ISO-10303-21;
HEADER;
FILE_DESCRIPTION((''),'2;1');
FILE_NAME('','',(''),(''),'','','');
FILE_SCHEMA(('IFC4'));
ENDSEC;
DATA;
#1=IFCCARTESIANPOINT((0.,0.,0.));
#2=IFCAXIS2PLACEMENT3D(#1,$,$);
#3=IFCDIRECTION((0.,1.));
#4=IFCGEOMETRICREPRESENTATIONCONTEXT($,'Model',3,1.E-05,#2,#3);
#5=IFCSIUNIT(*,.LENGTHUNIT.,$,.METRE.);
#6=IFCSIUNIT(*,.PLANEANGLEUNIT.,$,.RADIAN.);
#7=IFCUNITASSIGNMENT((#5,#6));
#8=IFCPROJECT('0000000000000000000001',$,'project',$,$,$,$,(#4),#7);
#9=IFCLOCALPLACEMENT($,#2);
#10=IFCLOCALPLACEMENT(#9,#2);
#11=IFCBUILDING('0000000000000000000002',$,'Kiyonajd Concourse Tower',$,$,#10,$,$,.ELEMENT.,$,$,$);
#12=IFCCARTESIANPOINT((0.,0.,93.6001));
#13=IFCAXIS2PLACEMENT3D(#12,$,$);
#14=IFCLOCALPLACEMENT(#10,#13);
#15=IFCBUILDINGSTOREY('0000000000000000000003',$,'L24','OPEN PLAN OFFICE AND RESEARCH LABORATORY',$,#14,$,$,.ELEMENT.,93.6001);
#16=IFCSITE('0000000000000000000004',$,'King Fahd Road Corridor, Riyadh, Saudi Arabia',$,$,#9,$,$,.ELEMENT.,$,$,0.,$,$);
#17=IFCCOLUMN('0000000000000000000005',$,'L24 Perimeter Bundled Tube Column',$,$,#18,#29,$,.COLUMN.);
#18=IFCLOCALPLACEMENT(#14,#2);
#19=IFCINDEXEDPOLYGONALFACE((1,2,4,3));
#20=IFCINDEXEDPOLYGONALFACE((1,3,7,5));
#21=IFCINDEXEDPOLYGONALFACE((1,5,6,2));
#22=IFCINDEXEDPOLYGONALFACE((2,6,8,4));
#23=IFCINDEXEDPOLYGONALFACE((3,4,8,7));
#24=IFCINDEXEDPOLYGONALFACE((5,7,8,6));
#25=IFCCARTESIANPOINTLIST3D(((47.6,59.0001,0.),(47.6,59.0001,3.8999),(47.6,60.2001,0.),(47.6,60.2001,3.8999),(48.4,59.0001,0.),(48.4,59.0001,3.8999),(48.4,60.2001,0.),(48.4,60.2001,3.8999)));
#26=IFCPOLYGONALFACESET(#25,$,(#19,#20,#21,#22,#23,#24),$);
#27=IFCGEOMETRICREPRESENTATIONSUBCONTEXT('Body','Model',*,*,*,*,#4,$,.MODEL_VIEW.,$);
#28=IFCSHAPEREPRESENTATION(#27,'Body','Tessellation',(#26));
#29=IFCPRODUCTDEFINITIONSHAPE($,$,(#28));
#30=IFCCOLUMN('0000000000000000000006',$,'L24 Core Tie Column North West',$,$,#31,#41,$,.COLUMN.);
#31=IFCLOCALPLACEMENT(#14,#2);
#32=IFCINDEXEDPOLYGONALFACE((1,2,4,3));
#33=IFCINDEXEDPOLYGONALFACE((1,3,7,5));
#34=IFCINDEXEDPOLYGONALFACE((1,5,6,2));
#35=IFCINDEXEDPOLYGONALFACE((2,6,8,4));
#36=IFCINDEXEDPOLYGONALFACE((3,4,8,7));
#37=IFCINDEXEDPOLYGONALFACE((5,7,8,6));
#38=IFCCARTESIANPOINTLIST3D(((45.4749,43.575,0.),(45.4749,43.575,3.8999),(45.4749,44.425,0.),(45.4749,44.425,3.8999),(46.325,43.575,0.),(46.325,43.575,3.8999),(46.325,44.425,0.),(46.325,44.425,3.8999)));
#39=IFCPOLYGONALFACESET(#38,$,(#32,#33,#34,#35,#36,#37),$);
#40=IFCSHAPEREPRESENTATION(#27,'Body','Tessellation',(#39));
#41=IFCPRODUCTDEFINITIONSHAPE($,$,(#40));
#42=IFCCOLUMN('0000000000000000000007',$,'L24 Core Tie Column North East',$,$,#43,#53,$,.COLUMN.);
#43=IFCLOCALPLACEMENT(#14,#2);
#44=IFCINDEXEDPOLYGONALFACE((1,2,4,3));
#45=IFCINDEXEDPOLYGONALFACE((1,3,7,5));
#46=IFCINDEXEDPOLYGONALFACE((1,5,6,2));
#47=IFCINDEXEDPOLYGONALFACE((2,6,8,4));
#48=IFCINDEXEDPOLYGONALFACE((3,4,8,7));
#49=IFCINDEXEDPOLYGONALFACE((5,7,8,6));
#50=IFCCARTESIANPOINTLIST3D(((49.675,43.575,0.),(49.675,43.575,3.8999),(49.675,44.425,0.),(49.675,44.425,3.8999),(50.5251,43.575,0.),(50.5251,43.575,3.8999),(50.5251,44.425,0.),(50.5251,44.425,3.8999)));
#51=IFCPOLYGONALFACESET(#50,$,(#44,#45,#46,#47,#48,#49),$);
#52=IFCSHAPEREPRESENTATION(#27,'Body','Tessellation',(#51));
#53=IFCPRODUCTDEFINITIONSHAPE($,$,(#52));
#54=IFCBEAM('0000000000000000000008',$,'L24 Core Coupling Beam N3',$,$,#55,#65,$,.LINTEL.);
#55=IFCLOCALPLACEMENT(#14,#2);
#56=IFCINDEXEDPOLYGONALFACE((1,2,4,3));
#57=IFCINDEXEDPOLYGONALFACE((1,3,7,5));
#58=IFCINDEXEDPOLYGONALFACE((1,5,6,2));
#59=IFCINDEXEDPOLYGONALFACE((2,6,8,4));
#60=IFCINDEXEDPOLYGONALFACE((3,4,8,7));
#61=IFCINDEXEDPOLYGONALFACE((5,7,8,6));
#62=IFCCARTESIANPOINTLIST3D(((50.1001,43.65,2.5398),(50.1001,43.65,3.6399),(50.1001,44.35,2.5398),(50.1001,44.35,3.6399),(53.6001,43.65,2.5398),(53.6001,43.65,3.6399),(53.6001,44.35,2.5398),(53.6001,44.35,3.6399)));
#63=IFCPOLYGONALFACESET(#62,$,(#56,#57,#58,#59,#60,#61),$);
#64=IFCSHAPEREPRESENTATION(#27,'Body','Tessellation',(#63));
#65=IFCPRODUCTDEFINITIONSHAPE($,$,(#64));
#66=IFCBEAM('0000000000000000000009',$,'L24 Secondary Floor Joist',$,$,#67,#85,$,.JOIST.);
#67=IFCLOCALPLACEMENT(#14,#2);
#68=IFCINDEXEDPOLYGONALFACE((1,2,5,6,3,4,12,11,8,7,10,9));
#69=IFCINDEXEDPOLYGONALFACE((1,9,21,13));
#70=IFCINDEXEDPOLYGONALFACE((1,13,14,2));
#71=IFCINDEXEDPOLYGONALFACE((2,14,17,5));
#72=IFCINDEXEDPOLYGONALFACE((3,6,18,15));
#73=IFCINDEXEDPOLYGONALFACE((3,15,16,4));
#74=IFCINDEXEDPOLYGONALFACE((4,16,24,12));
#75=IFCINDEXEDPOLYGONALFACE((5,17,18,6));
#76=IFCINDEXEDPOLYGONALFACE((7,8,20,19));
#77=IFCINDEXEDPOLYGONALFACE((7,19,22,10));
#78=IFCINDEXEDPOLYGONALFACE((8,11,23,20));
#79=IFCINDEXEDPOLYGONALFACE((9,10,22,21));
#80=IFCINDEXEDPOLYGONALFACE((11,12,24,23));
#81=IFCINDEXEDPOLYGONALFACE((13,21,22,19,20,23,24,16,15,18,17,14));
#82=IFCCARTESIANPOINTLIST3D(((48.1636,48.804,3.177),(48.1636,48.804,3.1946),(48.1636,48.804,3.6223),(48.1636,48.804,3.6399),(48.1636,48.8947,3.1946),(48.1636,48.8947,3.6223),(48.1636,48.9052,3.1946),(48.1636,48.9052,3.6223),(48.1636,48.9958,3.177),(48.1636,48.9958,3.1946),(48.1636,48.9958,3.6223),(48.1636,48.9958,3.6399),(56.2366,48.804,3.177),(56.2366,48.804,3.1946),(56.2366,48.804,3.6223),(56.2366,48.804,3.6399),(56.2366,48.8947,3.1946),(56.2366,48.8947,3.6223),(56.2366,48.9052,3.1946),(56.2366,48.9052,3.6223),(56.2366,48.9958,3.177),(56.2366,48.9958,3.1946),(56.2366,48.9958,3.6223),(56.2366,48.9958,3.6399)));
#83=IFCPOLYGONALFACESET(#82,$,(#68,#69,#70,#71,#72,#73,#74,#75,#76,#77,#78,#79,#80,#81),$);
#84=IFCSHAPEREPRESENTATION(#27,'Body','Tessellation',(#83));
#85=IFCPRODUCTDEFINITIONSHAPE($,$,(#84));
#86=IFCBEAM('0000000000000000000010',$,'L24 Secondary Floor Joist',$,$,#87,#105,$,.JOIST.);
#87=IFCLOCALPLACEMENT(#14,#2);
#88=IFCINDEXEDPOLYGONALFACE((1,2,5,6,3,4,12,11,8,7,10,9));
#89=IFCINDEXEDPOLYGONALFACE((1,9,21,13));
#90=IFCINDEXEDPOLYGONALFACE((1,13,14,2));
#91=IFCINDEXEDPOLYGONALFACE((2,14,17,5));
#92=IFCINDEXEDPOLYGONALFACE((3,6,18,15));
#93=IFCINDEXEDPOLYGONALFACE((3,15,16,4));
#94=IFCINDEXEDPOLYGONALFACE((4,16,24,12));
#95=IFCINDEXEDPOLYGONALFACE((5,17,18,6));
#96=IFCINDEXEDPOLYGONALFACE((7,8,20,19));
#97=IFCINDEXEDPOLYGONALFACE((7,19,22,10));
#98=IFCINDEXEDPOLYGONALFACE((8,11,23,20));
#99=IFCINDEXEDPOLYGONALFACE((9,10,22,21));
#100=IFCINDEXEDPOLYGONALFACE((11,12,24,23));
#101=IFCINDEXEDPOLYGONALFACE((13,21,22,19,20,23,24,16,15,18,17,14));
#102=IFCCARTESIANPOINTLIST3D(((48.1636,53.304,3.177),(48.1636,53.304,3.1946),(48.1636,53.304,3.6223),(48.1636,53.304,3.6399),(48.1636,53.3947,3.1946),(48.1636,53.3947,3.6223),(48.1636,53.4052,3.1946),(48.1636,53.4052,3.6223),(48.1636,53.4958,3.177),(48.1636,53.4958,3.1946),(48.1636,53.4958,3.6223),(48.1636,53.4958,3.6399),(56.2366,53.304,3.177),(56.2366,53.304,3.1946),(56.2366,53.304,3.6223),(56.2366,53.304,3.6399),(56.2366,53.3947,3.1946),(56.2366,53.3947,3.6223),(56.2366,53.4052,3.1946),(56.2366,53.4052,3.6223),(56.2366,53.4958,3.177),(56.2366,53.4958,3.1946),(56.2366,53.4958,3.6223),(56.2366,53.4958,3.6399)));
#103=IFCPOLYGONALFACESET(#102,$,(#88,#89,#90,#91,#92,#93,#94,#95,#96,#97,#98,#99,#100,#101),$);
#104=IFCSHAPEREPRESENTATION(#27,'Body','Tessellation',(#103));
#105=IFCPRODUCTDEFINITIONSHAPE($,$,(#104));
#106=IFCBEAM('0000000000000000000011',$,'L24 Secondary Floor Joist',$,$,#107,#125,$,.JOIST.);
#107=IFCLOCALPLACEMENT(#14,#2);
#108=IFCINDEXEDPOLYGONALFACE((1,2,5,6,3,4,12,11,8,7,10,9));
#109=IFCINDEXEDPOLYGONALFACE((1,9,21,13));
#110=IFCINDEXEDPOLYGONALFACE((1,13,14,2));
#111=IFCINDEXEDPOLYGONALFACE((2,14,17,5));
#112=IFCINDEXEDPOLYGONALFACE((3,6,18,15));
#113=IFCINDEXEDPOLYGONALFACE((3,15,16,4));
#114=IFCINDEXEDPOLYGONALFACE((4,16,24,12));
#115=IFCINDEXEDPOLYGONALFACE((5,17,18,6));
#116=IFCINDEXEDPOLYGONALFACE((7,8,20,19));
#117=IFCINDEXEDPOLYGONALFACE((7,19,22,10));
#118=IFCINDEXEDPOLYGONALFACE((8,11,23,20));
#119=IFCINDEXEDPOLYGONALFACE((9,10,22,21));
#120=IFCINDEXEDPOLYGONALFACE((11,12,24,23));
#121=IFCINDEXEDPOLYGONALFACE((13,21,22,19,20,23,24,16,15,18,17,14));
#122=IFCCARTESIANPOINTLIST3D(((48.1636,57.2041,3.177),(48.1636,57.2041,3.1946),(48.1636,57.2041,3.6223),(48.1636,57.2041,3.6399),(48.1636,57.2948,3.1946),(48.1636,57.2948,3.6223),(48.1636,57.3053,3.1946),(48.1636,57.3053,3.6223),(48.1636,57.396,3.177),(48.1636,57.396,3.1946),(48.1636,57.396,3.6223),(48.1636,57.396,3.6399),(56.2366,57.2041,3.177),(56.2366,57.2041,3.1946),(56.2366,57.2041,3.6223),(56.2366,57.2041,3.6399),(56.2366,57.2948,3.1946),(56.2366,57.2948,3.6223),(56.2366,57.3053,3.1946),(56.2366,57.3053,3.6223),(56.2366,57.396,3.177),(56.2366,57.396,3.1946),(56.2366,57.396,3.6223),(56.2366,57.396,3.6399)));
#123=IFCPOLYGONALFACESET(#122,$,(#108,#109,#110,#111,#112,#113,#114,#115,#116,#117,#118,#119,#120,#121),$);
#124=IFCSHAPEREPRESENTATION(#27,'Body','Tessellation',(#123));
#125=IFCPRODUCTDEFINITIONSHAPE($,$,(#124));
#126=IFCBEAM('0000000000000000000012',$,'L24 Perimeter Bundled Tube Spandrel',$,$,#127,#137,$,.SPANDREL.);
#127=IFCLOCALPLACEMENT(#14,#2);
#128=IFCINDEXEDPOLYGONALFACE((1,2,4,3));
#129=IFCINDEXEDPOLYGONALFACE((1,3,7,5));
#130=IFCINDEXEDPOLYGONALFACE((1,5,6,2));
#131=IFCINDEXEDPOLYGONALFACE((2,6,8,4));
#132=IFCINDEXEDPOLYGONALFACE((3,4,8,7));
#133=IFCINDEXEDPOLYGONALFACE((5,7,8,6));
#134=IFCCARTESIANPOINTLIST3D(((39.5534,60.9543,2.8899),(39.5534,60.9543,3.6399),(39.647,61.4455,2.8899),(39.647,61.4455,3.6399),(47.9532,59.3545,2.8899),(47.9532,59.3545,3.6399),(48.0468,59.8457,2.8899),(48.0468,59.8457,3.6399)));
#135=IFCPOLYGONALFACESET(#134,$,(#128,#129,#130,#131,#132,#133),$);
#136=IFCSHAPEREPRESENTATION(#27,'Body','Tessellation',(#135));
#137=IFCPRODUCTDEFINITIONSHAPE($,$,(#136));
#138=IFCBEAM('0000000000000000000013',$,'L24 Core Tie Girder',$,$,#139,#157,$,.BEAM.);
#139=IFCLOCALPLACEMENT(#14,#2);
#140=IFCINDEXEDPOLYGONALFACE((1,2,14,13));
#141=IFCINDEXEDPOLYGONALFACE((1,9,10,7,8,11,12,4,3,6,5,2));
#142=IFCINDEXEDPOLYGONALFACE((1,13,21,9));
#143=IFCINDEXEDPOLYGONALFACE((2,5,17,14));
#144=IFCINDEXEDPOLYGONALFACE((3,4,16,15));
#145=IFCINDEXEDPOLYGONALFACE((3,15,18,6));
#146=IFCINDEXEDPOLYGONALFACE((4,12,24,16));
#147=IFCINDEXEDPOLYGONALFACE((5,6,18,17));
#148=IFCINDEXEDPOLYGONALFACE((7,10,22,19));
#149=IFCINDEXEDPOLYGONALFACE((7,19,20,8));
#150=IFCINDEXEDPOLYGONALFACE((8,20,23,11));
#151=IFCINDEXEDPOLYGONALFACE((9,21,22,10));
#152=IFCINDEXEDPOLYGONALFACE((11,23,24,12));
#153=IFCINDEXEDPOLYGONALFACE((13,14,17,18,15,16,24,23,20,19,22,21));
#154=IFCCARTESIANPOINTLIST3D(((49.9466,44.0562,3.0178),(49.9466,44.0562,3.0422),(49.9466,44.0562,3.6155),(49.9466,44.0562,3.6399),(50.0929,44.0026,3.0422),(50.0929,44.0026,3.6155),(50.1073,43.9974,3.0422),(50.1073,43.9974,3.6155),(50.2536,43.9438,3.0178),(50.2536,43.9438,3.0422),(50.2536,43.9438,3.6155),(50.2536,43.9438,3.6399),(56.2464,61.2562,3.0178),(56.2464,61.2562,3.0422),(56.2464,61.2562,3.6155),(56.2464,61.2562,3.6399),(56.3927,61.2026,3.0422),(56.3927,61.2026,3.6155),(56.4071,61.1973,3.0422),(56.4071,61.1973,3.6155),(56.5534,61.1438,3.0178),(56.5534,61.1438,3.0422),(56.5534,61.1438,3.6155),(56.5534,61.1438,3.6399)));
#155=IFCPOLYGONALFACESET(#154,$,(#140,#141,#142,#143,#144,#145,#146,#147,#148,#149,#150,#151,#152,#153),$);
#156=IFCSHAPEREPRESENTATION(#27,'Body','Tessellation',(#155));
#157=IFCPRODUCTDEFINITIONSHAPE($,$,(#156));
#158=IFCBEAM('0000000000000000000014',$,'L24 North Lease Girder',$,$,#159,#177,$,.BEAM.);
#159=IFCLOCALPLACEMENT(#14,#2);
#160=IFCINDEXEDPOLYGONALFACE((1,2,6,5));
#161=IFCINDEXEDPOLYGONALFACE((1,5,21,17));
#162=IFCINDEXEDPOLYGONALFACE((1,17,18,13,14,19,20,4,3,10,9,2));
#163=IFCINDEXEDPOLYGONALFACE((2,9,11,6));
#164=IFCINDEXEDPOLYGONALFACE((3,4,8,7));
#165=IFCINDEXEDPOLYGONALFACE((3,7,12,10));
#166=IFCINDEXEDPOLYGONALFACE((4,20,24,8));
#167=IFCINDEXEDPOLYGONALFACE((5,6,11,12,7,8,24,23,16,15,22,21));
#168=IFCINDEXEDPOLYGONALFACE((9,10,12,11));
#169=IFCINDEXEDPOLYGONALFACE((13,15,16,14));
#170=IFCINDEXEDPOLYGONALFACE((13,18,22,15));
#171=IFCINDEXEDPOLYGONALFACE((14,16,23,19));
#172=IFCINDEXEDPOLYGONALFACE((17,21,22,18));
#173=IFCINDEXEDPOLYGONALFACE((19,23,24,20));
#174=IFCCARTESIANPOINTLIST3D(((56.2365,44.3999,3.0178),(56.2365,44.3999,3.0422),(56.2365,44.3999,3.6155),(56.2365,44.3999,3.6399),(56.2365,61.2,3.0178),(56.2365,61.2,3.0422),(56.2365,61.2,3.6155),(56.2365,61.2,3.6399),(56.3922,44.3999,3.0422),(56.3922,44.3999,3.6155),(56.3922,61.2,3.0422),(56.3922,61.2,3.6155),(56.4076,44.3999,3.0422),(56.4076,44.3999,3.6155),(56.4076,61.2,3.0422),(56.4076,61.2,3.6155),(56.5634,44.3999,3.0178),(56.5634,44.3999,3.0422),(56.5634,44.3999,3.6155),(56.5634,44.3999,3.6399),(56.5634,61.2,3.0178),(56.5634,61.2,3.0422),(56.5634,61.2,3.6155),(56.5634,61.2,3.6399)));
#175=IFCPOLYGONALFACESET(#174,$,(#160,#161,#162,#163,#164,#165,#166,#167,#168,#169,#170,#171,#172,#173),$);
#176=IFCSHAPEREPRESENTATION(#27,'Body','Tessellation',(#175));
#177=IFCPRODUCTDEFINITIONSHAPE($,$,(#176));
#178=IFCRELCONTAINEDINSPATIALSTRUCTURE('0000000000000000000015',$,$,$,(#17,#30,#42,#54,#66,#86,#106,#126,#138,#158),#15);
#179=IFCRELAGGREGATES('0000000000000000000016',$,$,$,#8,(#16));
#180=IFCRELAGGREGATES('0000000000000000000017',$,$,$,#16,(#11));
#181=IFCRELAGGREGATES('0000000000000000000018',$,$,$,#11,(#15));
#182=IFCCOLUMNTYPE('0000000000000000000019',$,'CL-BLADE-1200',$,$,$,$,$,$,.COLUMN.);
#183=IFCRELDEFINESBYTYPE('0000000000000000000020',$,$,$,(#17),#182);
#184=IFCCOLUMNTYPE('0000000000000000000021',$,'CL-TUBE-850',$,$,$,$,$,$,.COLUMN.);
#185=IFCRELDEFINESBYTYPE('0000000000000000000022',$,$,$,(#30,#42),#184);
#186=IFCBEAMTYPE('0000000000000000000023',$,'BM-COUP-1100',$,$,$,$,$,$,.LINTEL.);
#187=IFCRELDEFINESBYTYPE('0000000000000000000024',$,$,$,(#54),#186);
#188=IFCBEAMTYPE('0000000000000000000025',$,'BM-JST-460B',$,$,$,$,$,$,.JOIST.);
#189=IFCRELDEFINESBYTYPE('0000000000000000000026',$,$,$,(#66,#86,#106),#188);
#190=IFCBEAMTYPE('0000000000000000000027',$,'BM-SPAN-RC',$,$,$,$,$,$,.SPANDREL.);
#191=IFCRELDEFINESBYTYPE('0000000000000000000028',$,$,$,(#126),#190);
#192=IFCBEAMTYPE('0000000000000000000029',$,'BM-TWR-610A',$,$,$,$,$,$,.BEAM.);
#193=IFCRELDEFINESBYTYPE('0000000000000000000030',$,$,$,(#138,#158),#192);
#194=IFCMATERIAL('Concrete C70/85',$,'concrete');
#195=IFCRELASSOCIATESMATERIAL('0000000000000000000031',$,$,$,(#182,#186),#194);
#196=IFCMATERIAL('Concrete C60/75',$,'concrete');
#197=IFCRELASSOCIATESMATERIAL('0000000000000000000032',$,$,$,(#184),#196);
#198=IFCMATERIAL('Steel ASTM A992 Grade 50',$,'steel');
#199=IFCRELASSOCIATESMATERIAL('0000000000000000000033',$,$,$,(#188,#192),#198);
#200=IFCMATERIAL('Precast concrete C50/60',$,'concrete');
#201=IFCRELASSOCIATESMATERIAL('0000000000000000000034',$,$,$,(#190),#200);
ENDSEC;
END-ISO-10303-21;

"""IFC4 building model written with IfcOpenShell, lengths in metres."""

from ifc_helpers import new_model, si_unit, direction, frame, origin, origin_2d, place, context, subcontext, project, spatial, rectangle, i_section, extrude, material, material_profile, profile_set, type_object, element, save


model = new_model("IFC4")

# Units and contexts
model_context = context("Model", 3, precision=1e-05, world=origin(), true_north=direction((0.0, 1.0)))
body_context = subcontext(model_context, "Body", "Model", "MODEL_VIEW")
ifc_project = project(units=[si_unit("LENGTHUNIT", "METRE"), si_unit("PLANEANGLEUNIT", "RADIAN")], contexts=[model_context])

# Site, building, storey
site_placement = place(None, origin())
site = spatial("IfcSite", under=ifc_project, at=site_placement, Name="King Fahd Road Corridor, Riyadh, Saudi Arabia", CompositionType="ELEMENT", RefElevation=0.0)
building_placement = place(site_placement, origin())
building = spatial("IfcBuilding", under=site, at=building_placement, Name="Kiyonajd Concourse Tower", CompositionType="ELEMENT")
storey_placement = place(building_placement, frame((0.0, 0.0, 93.6001)))
storey = spatial("IfcBuildingStorey", under=building, at=storey_placement, Name="L24", Description="OPEN PLAN OFFICE AND RESEARCH LABORATORY", CompositionType="ELEMENT", Elevation=93.6001)

# Columns
ifc_material_1 = material(Name="Concrete C70/85", Category="concrete")
ifc_material_profile_1 = material_profile(ifc_material_1, rectangle(XDim=0.8, YDim=1.2, at=origin_2d()), Name="RC-1200x800")
ifc_profile_set_1 = profile_set([ifc_material_profile_1], Name="Concrete C70/85")
column_type_1 = type_object("IfcColumnType", Name="CL-BLADE-1200", PredefinedType="COLUMN", material=ifc_profile_set_1)
column_placement = place(storey_placement, frame((48.0, 59.6001, 0.0), z_axis=(0.0, 0.0, 1.0), x_axis=(1.0, 0.0, 0.0)))
element("IfcColumn", 1, at=column_placement, inside=storey, type_object=column_type_1, Name="L24 Perimeter Bundled Tube Column", PredefinedType="COLUMN", context=body_context, shape_type="SweptSolid", body=[
    extrude(rectangle(XDim=0.8, YDim=1.2, at=origin_2d()), origin(), (0.0, 0.0, 1.0), 3.8999),
])
ifc_material_2 = material(Name="Concrete C60/75", Category="concrete")
ifc_material_profile_2 = material_profile(ifc_material_2, rectangle(XDim=0.8501, YDim=0.8501, at=origin_2d()), Name="RC-850x850")
ifc_profile_set_2 = profile_set([ifc_material_profile_2], Name="Concrete C60/75")
column_type_2 = type_object("IfcColumnType", Name="CL-TUBE-850", PredefinedType="COLUMN", material=ifc_profile_set_2)
for number, where, z_axis, x_axis, name in (
    (2, (45.8999, 44.0, 0.0), (0.0, 0.0, 1.0), (1.0, 0.0, 0.0), "L24 Core Tie Column North West"),
    (3, (50.1001, 44.0, 0.0), (0.0, 0.0, 1.0), (1.0, 0.0, 0.0), "L24 Core Tie Column North East"),
):
    element("IfcColumn", number, at=place(storey_placement, frame(where, z_axis=z_axis, x_axis=x_axis)), inside=storey, type_object=column_type_2, Name=name, PredefinedType="COLUMN", context=body_context, shape_type="SweptSolid", body=[
        extrude(rectangle(XDim=0.8501, YDim=0.8501, at=origin_2d()), origin(), (0.0, 0.0, 1.0), 3.8999),
    ])

# Beams
ifc_material_profile_3 = material_profile(ifc_material_1, rectangle(XDim=0.7, YDim=1.1001, at=origin_2d()), Name="RCBM-700x1100")
ifc_profile_set_3 = profile_set([ifc_material_profile_3], Name="Concrete C70/85")
beam_type_1 = type_object("IfcBeamType", Name="BM-COUP-1100", PredefinedType="LINTEL", material=ifc_profile_set_3)
beam_1_placement = place(storey_placement, frame((50.1001, 44.0, 3.0898), z_axis=(1.0, 0.0, 0.0), x_axis=(0.0, 1.0, 0.0)))
element("IfcBeam", 4, at=beam_1_placement, inside=storey, type_object=beam_type_1, Name="L24 Core Coupling Beam N3", PredefinedType="LINTEL", context=body_context, shape_type="SweptSolid", body=[
    extrude(rectangle(XDim=0.7, YDim=1.1001, at=origin_2d()), origin(), (0.0, 0.0, 1.0), 3.5),
])
ifc_material_3 = material(Name="Steel ASTM A992 Grade 50", Category="steel")
ifc_material_profile_4 = material_profile(ifc_material_3, i_section(OverallWidth=0.1919, OverallDepth=0.4629, WebThickness=0.0105, FlangeThickness=0.0176, at=origin_2d()), Name="W460X89")
ifc_profile_set_4 = profile_set([ifc_material_profile_4], Name="Steel ASTM A992 Grade 50")
beam_type_2 = type_object("IfcBeamType", Name="BM-JST-460B", PredefinedType="JOIST", material=ifc_profile_set_4)
for number, where, z_axis, x_axis, name in (
    (5, (48.1636, 48.8999, 3.4084), (1.0, 0.0, 0.0), (0.0, 1.0, 0.0), "L24 Secondary Floor Joist"),
    (6, (48.1636, 53.3999, 3.4084), (1.0, 0.0, 0.0), (0.0, 1.0, 0.0), "L24 Secondary Floor Joist"),
    (7, (48.1636, 57.3, 3.4084), (1.0, 0.0, 0.0), (0.0, 1.0, 0.0), "L24 Secondary Floor Joist"),
):
    element("IfcBeam", number, at=place(storey_placement, frame(where, z_axis=z_axis, x_axis=x_axis)), inside=storey, type_object=beam_type_2, Name=name, PredefinedType="JOIST", context=body_context, shape_type="SweptSolid", body=[
        extrude(i_section(OverallWidth=0.1919, OverallDepth=0.4629, WebThickness=0.0105, FlangeThickness=0.0176, at=origin_2d()), origin(), (0.0, 0.0, 1.0), 8.073),
    ])
ifc_material_4 = material(Name="Precast concrete C50/60", Category="concrete")
ifc_material_profile_5 = material_profile(ifc_material_4, rectangle(XDim=0.5, YDim=0.75, at=origin_2d()), Name="RCBM-500x750")
ifc_profile_set_5 = profile_set([ifc_material_profile_5], Name="Precast concrete C50/60")
beam_type_3 = type_object("IfcBeamType", Name="BM-SPAN-RC", PredefinedType="SPANDREL", material=ifc_profile_set_5)
beam_2_placement = place(storey_placement, frame((48.0, 59.6001, 3.2649), z_axis=(-0.982341, 0.187098, 0.0), x_axis=(-0.187098, -0.982341, 0.0)))
element("IfcBeam", 8, at=beam_2_placement, inside=storey, type_object=beam_type_3, Name="L24 Perimeter Bundled Tube Spandrel", PredefinedType="SPANDREL", context=body_context, shape_type="SweptSolid", body=[
    extrude(rectangle(XDim=0.5, YDim=0.75, at=origin_2d()), origin(), (0.0, 0.0, 1.0), 8.5508),
])
ifc_material_profile_6 = material_profile(ifc_material_3, i_section(OverallWidth=0.3269, OverallDepth=0.6221, WebThickness=0.0154, FlangeThickness=0.0244, at=origin_2d()), Name="W610X195")
ifc_profile_set_6 = profile_set([ifc_material_profile_6], Name="Steel ASTM A992 Grade 50")
beam_type_4 = type_object("IfcBeamType", Name="BM-TWR-610A", PredefinedType="BEAM", material=ifc_profile_set_6)
beam_3_placement = place(storey_placement, frame((50.1001, 44.0, 3.3289), z_axis=(0.343925, 0.938997, 0.0), x_axis=(-0.938997, 0.343925, 0.0)))
element("IfcBeam", 9, at=beam_3_placement, inside=storey, type_object=beam_type_4, Name="L24 Core Tie Girder", PredefinedType="BEAM", context=body_context, shape_type="SweptSolid", body=[
    extrude(i_section(OverallWidth=0.3269, OverallDepth=0.6221, WebThickness=0.0154, FlangeThickness=0.0244, at=origin_2d()), origin(), (0.0, 0.0, 1.0), 18.3174),
])
beam_4_placement = place(storey_placement, frame((56.3999, 44.3999, 3.3289), z_axis=(0.0, 1.0, 0.0), x_axis=(-1.0, 0.0, 0.0)))
element("IfcBeam", 10, at=beam_4_placement, inside=storey, type_object=beam_type_4, Name="L24 North Lease Girder", PredefinedType="BEAM", context=body_context, shape_type="SweptSolid", body=[
    extrude(i_section(OverallWidth=0.3269, OverallDepth=0.6221, WebThickness=0.0154, FlangeThickness=0.0244, at=origin_2d()), origin(), (0.0, 0.0, 1.0), 16.8),
])

save(model, "model.ifc")
